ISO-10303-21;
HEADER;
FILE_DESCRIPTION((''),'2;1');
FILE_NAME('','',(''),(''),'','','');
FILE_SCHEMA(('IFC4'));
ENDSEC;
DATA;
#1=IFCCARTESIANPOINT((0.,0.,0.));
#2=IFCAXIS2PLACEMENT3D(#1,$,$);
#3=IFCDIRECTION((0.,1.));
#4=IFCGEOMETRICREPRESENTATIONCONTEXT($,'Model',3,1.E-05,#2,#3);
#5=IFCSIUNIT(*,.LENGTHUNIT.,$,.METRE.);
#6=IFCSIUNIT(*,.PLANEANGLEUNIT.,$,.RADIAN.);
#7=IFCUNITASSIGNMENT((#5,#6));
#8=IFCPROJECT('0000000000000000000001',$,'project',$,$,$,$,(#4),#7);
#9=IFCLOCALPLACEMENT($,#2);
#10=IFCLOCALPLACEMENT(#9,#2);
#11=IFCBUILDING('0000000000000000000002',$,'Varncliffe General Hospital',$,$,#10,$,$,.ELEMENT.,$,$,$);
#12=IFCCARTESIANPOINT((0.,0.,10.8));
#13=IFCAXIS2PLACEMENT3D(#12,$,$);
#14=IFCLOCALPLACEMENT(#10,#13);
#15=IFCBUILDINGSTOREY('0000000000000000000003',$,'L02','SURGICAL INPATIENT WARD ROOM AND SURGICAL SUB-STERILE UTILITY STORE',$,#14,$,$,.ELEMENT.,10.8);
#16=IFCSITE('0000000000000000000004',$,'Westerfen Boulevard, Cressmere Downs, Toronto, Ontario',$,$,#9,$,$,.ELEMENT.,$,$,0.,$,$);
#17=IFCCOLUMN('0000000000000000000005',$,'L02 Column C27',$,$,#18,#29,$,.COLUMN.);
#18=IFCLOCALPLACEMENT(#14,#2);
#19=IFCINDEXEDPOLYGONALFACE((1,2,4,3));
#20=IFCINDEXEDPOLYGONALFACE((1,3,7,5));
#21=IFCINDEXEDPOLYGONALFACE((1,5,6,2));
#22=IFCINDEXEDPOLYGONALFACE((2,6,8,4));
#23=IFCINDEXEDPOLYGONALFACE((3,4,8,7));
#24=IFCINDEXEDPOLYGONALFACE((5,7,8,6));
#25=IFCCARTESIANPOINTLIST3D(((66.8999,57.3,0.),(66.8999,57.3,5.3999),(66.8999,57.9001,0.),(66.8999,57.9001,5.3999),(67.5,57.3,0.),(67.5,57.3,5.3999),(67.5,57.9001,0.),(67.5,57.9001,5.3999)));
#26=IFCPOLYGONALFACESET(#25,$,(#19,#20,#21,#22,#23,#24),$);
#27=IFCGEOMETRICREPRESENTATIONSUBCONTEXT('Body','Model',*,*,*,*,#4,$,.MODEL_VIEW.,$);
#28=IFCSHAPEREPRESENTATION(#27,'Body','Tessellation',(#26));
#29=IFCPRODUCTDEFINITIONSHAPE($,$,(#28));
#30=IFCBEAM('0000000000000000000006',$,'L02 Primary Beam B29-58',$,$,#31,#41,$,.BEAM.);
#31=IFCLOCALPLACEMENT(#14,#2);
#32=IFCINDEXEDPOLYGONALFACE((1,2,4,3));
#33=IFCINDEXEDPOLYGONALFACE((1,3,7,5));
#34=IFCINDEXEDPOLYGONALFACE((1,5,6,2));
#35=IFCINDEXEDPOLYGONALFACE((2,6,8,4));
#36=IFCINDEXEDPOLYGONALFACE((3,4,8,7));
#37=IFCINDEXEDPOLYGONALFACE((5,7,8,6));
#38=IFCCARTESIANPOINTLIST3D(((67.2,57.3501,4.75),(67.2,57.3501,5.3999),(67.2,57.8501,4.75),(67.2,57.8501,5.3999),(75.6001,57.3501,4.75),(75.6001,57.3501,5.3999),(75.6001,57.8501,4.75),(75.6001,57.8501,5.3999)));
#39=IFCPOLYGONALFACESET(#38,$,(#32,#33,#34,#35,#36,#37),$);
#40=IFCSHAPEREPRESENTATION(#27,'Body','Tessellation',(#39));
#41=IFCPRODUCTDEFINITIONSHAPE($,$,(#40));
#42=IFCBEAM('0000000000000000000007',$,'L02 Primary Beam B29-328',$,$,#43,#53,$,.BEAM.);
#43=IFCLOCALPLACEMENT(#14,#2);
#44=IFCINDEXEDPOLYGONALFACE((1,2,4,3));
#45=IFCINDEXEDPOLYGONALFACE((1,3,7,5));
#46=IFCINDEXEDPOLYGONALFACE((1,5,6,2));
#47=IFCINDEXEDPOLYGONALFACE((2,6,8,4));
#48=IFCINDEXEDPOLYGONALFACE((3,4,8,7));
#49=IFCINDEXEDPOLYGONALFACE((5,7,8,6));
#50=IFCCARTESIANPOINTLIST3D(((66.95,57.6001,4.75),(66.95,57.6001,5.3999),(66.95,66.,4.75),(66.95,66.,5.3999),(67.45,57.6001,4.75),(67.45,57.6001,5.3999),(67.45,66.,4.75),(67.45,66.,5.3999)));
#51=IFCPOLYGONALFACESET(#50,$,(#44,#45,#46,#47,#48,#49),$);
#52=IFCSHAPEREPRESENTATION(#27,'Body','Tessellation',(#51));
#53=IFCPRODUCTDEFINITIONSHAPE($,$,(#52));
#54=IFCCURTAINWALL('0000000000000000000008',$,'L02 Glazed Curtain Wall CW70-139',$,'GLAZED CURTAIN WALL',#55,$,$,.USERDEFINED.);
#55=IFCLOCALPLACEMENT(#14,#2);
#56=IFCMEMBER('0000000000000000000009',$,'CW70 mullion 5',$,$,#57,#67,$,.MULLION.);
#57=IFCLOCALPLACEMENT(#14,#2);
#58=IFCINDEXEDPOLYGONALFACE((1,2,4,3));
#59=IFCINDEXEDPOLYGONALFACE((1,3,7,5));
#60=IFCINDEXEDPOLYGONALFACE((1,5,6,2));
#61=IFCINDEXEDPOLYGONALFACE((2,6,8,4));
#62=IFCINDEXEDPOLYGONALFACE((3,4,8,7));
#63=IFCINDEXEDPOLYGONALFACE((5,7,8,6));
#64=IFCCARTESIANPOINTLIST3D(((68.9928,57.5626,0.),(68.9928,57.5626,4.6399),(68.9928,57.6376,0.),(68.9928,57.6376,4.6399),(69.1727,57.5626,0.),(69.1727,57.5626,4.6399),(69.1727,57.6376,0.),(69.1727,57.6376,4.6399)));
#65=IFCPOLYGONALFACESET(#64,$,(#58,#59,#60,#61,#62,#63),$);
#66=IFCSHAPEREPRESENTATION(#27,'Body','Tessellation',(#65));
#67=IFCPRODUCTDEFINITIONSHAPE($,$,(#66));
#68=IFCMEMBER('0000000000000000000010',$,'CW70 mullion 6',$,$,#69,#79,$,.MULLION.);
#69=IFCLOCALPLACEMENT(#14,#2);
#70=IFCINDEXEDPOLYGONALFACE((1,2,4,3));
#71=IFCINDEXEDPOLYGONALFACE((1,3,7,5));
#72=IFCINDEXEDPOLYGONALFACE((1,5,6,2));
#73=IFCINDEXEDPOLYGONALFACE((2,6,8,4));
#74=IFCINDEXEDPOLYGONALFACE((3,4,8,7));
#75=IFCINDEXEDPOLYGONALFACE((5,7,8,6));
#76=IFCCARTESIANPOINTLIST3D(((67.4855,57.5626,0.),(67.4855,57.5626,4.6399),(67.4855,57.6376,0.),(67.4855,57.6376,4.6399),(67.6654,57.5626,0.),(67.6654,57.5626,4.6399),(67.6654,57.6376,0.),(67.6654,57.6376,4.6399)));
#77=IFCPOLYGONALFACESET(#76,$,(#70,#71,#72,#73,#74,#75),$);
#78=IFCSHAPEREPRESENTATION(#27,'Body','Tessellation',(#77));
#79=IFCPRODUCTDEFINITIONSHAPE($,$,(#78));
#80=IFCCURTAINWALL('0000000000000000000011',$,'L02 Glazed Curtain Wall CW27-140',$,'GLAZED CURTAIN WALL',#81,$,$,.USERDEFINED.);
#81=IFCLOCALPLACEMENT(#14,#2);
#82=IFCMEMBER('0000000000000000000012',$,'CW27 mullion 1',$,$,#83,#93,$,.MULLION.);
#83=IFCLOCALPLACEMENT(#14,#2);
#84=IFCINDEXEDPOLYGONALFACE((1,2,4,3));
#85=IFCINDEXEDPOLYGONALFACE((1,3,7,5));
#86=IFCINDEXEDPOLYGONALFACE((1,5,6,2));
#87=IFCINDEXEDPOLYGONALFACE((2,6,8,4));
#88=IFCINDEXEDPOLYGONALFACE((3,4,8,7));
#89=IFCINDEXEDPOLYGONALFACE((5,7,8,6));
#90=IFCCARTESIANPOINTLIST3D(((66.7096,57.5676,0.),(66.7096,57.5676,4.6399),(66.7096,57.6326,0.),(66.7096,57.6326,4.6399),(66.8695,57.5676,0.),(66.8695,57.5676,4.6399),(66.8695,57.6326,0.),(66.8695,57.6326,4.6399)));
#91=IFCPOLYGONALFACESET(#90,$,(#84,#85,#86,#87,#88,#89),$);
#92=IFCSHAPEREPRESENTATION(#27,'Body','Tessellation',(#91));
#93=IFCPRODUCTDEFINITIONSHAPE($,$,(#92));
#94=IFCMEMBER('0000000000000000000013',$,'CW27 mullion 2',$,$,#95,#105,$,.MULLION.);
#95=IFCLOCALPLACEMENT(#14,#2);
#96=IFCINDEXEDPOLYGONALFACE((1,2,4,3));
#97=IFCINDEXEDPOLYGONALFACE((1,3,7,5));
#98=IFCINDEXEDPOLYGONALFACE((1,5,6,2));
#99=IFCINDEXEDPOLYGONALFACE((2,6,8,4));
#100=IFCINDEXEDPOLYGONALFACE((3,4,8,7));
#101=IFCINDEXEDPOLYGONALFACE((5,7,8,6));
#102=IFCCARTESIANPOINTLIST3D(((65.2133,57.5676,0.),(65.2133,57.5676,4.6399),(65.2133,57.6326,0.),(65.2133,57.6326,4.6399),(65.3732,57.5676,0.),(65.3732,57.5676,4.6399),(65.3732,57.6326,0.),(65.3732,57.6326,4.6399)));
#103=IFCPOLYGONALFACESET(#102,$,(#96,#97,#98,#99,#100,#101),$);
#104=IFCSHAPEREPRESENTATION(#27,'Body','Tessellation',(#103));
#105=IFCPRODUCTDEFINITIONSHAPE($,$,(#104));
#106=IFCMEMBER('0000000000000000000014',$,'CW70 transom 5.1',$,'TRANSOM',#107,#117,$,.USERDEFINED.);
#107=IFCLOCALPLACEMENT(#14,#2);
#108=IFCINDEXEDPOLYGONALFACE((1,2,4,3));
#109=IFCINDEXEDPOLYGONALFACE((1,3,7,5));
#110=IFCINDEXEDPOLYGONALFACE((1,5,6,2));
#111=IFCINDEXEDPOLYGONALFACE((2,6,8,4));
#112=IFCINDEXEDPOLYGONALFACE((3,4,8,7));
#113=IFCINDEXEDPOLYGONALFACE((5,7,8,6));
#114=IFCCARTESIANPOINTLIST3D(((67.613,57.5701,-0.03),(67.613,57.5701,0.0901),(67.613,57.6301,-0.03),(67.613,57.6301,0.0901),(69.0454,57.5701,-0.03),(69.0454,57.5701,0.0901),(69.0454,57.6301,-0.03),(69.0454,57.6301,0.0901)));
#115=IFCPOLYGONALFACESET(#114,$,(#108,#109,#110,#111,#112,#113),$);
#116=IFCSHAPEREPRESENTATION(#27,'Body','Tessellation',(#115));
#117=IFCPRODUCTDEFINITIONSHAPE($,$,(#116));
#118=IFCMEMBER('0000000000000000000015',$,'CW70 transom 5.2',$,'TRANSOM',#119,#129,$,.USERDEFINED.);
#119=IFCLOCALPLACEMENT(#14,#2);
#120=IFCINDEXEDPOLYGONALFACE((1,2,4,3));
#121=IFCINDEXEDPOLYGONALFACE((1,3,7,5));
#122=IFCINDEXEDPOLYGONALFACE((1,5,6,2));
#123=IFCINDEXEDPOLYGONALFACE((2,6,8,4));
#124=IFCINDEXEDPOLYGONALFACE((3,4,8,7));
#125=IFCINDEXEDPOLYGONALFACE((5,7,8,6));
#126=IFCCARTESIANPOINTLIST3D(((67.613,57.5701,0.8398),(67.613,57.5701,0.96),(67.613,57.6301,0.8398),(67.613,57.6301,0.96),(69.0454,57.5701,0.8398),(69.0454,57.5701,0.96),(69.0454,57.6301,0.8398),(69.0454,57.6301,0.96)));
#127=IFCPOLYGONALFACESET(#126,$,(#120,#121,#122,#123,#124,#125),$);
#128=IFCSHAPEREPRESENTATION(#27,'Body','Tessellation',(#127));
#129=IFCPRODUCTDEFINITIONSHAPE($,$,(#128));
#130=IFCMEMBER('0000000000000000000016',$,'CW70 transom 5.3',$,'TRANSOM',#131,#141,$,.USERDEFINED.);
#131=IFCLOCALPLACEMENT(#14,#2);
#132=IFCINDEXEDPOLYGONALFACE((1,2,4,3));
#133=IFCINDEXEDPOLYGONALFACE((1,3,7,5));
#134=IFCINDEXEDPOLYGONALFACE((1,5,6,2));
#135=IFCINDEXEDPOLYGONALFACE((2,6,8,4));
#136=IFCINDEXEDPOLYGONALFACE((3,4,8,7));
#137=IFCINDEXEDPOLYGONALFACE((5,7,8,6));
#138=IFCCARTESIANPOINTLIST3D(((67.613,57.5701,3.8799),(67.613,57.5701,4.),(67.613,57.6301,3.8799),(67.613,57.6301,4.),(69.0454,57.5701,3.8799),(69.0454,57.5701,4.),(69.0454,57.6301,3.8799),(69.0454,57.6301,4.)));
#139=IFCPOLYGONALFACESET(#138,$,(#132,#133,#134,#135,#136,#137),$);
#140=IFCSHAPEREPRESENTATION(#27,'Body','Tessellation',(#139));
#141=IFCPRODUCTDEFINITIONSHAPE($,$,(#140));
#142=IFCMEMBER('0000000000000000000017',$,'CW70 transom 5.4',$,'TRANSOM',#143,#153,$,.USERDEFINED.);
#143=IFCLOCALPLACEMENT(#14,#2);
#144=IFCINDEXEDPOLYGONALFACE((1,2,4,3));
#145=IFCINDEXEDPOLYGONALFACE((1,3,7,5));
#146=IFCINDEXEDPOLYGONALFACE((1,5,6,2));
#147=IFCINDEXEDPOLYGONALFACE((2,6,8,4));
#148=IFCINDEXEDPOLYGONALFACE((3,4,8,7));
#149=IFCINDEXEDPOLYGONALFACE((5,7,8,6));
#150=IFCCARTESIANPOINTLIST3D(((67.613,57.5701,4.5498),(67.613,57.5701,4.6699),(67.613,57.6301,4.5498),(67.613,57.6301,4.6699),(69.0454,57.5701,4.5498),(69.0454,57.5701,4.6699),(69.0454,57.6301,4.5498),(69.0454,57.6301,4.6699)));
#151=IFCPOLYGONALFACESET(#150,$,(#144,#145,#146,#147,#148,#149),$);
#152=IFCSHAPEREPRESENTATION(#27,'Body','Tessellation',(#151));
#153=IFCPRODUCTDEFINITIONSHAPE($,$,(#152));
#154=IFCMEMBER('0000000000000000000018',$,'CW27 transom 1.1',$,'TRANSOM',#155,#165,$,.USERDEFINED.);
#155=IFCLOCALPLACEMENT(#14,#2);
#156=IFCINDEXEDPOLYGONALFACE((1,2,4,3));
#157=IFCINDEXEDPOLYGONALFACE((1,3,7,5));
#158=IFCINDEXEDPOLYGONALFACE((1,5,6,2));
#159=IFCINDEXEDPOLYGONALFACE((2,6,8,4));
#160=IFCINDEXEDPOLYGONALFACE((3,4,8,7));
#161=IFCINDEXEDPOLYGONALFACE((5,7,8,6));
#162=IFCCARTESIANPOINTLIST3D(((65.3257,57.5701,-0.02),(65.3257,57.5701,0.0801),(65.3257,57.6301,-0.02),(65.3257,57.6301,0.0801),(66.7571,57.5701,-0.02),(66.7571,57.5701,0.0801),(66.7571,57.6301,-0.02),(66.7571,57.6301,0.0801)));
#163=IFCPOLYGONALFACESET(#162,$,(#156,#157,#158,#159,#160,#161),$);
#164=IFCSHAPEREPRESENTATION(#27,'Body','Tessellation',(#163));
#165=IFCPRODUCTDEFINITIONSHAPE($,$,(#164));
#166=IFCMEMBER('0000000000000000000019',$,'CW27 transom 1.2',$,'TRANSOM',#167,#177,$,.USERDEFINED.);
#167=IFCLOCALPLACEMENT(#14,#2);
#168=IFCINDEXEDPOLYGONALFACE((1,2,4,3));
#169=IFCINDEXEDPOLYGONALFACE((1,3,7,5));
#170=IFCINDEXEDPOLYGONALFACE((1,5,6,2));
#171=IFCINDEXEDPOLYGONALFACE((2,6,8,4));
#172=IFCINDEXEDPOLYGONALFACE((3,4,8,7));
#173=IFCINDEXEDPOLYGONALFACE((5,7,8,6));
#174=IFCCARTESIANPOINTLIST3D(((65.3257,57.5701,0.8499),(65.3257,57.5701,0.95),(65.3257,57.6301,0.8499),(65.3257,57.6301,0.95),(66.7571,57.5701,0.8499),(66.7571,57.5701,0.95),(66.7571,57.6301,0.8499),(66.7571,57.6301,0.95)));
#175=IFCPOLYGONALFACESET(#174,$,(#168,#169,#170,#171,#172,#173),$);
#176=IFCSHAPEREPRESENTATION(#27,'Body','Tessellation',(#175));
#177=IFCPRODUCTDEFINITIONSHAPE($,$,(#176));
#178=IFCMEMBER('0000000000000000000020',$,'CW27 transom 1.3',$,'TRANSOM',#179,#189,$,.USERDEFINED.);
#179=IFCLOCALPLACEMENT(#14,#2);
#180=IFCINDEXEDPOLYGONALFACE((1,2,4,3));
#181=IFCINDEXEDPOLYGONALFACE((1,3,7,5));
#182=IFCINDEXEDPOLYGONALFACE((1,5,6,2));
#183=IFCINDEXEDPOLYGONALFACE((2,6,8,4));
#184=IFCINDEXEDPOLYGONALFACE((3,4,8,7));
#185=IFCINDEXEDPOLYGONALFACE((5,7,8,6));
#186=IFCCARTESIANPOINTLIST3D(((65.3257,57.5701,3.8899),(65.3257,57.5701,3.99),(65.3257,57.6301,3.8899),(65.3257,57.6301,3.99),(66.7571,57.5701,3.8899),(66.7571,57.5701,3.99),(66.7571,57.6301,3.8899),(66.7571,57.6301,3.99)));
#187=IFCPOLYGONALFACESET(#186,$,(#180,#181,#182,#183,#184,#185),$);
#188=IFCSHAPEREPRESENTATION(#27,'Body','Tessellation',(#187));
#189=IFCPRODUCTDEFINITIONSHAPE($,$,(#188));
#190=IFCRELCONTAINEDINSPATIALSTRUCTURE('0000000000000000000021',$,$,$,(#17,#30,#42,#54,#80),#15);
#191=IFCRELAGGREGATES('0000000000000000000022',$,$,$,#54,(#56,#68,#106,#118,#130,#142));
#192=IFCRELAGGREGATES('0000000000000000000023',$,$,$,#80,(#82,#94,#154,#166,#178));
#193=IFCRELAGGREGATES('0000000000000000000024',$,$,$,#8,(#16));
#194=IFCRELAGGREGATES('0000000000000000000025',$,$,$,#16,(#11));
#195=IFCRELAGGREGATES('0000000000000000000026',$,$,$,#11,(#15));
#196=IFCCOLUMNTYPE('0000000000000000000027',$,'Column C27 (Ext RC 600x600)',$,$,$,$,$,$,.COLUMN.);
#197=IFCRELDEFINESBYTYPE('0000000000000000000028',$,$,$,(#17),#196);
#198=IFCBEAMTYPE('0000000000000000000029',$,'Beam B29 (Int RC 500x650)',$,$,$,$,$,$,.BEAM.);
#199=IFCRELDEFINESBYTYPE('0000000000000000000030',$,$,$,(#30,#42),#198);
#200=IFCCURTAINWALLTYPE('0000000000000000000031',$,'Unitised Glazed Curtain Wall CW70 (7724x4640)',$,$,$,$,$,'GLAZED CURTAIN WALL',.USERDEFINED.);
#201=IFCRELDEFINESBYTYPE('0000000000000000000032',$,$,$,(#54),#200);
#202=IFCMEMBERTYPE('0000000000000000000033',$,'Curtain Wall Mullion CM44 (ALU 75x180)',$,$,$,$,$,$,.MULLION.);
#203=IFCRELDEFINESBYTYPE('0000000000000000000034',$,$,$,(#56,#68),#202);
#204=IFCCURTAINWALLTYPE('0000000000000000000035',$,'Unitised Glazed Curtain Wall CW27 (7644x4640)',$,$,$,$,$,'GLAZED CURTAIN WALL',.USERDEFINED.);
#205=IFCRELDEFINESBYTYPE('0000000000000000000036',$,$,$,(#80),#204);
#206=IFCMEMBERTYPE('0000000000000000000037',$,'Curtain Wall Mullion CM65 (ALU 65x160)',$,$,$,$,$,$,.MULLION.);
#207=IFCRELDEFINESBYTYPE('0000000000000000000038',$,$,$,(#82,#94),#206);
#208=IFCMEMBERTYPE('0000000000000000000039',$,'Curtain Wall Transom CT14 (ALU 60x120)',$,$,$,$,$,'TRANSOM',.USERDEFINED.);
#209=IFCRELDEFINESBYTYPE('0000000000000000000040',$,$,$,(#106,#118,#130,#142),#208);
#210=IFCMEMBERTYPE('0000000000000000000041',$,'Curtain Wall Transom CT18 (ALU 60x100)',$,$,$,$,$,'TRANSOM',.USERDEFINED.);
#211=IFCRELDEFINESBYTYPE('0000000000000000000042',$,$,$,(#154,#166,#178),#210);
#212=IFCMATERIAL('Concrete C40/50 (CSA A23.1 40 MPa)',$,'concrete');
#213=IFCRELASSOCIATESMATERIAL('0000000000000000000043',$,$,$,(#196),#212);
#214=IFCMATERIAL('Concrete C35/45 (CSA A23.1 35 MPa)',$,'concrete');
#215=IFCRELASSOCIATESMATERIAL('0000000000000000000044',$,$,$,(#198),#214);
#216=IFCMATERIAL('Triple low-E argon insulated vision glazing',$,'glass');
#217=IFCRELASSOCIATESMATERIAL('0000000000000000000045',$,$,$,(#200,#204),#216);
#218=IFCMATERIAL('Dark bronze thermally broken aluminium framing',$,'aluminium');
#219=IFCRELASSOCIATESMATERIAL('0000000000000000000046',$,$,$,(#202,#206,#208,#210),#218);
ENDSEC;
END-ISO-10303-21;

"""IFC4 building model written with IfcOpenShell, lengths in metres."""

from ifc_helpers import new_model, si_unit, direction, frame, origin, origin_2d, place, context, subcontext, project, spatial, rectangle, extrude, material, material_profile, profile_set, type_object, element, aggregate, save


model = new_model("IFC4")

# Units and contexts
model_context = context("Model", 3, precision=1e-05, world=origin(), true_north=direction((0.0, 1.0)))
body_context = subcontext(model_context, "Body", "Model", "MODEL_VIEW")
ifc_project = project(units=[si_unit("LENGTHUNIT", "METRE"), si_unit("PLANEANGLEUNIT", "RADIAN")], contexts=[model_context])

# Site, building, storey
site_placement = place(None, origin())
site = spatial("IfcSite", under=ifc_project, at=site_placement, Name="Westerfen Boulevard, Cressmere Downs, Toronto, Ontario", CompositionType="ELEMENT", RefElevation=0.0)
building_placement = place(site_placement, origin())
building = spatial("IfcBuilding", under=site, at=building_placement, Name="Varncliffe General Hospital", CompositionType="ELEMENT")
storey_placement = place(building_placement, frame((0.0, 0.0, 10.8)))
storey = spatial("IfcBuildingStorey", under=building, at=storey_placement, Name="L02", Description="SURGICAL INPATIENT WARD ROOM AND SURGICAL SUB-STERILE UTILITY STORE", CompositionType="ELEMENT", Elevation=10.8)

# Column
ifc_material_1 = material(Name="Concrete C40/50 (CSA A23.1 40 MPa)", Category="concrete")
ifc_material_profile_1 = material_profile(ifc_material_1, rectangle(XDim=0.6001, YDim=0.6001, at=origin_2d()), Name="RC 600x600")
ifc_profile_set_1 = profile_set([ifc_material_profile_1], Name="Concrete C40/50 (CSA A23.1 40 MPa)")
column_type = type_object("IfcColumnType", Name="Column C27 (Ext RC 600x600)", PredefinedType="COLUMN", material=ifc_profile_set_1)
column_placement = place(storey_placement, frame((67.2, 57.6001, 0.0), z_axis=(0.0, 0.0, 1.0), x_axis=(1.0, 0.0, 0.0)))
element("IfcColumn", 1, at=column_placement, inside=storey, type_object=column_type, Name="L02 Column C27", PredefinedType="COLUMN", context=body_context, shape_type="SweptSolid", body=[
    extrude(rectangle(XDim=0.6001, YDim=0.6001, at=origin_2d()), origin(), (0.0, 0.0, 1.0), 5.3999),
])

# Beams
ifc_material_2 = material(Name="Concrete C35/45 (CSA A23.1 35 MPa)", Category="concrete")
ifc_material_profile_2 = material_profile(ifc_material_2, rectangle(XDim=0.5, YDim=0.6499, at=origin_2d()), Name="RC 500x650")
ifc_profile_set_2 = profile_set([ifc_material_profile_2], Name="Concrete C35/45 (CSA A23.1 35 MPa)")
beam_type = type_object("IfcBeamType", Name="Beam B29 (Int RC 500x650)", PredefinedType="BEAM", material=ifc_profile_set_2)
beam_1_placement = place(storey_placement, frame((67.2, 57.6001, 5.075), z_axis=(1.0, 0.0, 0.0), x_axis=(0.0, 1.0, 0.0)))
element("IfcBeam", 2, at=beam_1_placement, inside=storey, type_object=beam_type, Name="L02 Primary Beam B29-58", PredefinedType="BEAM", context=body_context, shape_type="SweptSolid", body=[
    extrude(rectangle(XDim=0.5, YDim=0.6499, at=origin_2d()), origin(), (0.0, 0.0, 1.0), 8.4001),
])
beam_2_placement = place(storey_placement, frame((67.2, 57.6001, 5.075), z_axis=(0.0, 1.0, 0.0), x_axis=(-1.0, 0.0, 0.0)))
element("IfcBeam", 3, at=beam_2_placement, inside=storey, type_object=beam_type, Name="L02 Primary Beam B29-328", PredefinedType="BEAM", context=body_context, shape_type="SweptSolid", body=[
    extrude(rectangle(XDim=0.5, YDim=0.6499, at=origin_2d()), origin(), (0.0, 0.0, 1.0), 8.3999),
])

# Curtain walls, members
ifc_material_3 = material(Name="Triple low-E argon insulated vision glazing", Category="glass")
curtain_wall_type_1 = type_object("IfcCurtainWallType", Name="Unitised Glazed Curtain Wall CW70 (7724x4640)", ElementType="GLAZED CURTAIN WALL", PredefinedType="USERDEFINED", material=ifc_material_3)
curtain_wall_1_placement = place(storey_placement, origin())
curtain_wall_1 = element("IfcCurtainWall", 4, at=curtain_wall_1_placement, inside=storey, type_object=curtain_wall_type_1, Name="L02 Glazed Curtain Wall CW70-139", ObjectType="GLAZED CURTAIN WALL", PredefinedType="USERDEFINED")
ifc_material_4 = material(Name="Dark bronze thermally broken aluminium framing", Category="aluminium")
ifc_material_profile_3 = material_profile(ifc_material_4, rectangle(XDim=0.075, YDim=0.1799, at=origin_2d()), Name="ALU 75x180")
ifc_profile_set_3 = profile_set([ifc_material_profile_3], Name="Dark bronze thermally broken aluminium framing")
member_type_1 = type_object("IfcMemberType", Name="Curtain Wall Mullion CM44 (ALU 75x180)", PredefinedType="MULLION", material=ifc_profile_set_3)
member_1_placement = place(storey_placement, frame((69.0828, 57.6001, 0.0), z_axis=(0.0, 0.0, 1.0), x_axis=(0.0, -1.0, 0.0)))
member_1 = element("IfcMember", 5, at=member_1_placement, type_object=member_type_1, Name="CW70 mullion 5", PredefinedType="MULLION", context=body_context, shape_type="SweptSolid", body=[
    extrude(rectangle(XDim=0.075, YDim=0.1799, at=origin_2d()), origin(), (0.0, 0.0, 1.0), 4.6399),
])
member_2_placement = place(storey_placement, frame((67.5754, 57.6001, 0.0), z_axis=(0.0, 0.0, 1.0), x_axis=(0.0, -1.0, 0.0)))
member_2 = element("IfcMember", 6, at=member_2_placement, type_object=member_type_1, Name="CW70 mullion 6", PredefinedType="MULLION", context=body_context, shape_type="SweptSolid", body=[
    extrude(rectangle(XDim=0.075, YDim=0.1799, at=origin_2d()), origin(), (0.0, 0.0, 1.0), 4.6399),
])
curtain_wall_type_2 = type_object("IfcCurtainWallType", Name="Unitised Glazed Curtain Wall CW27 (7644x4640)", ElementType="GLAZED CURTAIN WALL", PredefinedType="USERDEFINED", material=ifc_material_3)
curtain_wall_2_placement = place(storey_placement, origin())
curtain_wall_2 = element("IfcCurtainWall", 7, at=curtain_wall_2_placement, inside=storey, type_object=curtain_wall_type_2, Name="L02 Glazed Curtain Wall CW27-140", ObjectType="GLAZED CURTAIN WALL", PredefinedType="USERDEFINED")
ifc_material_profile_4 = material_profile(ifc_material_4, rectangle(XDim=0.0649, YDim=0.1599, at=origin_2d()), Name="ALU 65x160")
ifc_profile_set_4 = profile_set([ifc_material_profile_4], Name="Dark bronze thermally broken aluminium framing")
member_type_2 = type_object("IfcMemberType", Name="Curtain Wall Mullion CM65 (ALU 65x160)", PredefinedType="MULLION", material=ifc_profile_set_4)
member_3_placement = place(storey_placement, frame((66.7896, 57.6001, 0.0), z_axis=(0.0, 0.0, 1.0), x_axis=(0.0, -1.0, 0.0)))
member_3 = element("IfcMember", 8, at=member_3_placement, type_object=member_type_2, Name="CW27 mullion 1", PredefinedType="MULLION", context=body_context, shape_type="SweptSolid", body=[
    extrude(rectangle(XDim=0.0649, YDim=0.1599, at=origin_2d()), origin(), (0.0, 0.0, 1.0), 4.6399),
])
member_4_placement = place(storey_placement, frame((65.2932, 57.6001, 0.0), z_axis=(0.0, 0.0, 1.0), x_axis=(0.0, -1.0, 0.0)))
member_4 = element("IfcMember", 9, at=member_4_placement, type_object=member_type_2, Name="CW27 mullion 2", PredefinedType="MULLION", context=body_context, shape_type="SweptSolid", body=[
    extrude(rectangle(XDim=0.0649, YDim=0.1599, at=origin_2d()), origin(), (0.0, 0.0, 1.0), 4.6399),
])

# Members
ifc_material_profile_5 = material_profile(ifc_material_4, rectangle(XDim=0.0601, YDim=0.1201, at=origin_2d()), Name="ALU 60x120")
ifc_profile_set_5 = profile_set([ifc_material_profile_5], Name="Dark bronze thermally broken aluminium framing")
member_type_3 = type_object("IfcMemberType", Name="Curtain Wall Transom CT14 (ALU 60x120)", ElementType="TRANSOM", PredefinedType="USERDEFINED", material=ifc_profile_set_5)
member_5_placement = place(storey_placement, frame((69.0454, 57.6001, 0.03), z_axis=(-1.0, 0.0, 0.0), x_axis=(0.0, -1.0, 0.0)))
member_5 = element("IfcMember", 10, at=member_5_placement, type_object=member_type_3, Name="CW70 transom 5.1", ObjectType="TRANSOM", PredefinedType="USERDEFINED", context=body_context, shape_type="SweptSolid", body=[
    extrude(rectangle(XDim=0.0601, YDim=0.1201, at=origin_2d()), origin(), (0.0, 0.0, 1.0), 1.4324),
])
member_6_placement = place(storey_placement, frame((69.0454, 57.6001, 0.8999), z_axis=(-1.0, 0.0, 0.0), x_axis=(0.0, -1.0, 0.0)))
member_6 = element("IfcMember", 11, at=member_6_placement, type_object=member_type_3, Name="CW70 transom 5.2", ObjectType="TRANSOM", PredefinedType="USERDEFINED", context=body_context, shape_type="SweptSolid", body=[
    extrude(rectangle(XDim=0.0601, YDim=0.1201, at=origin_2d()), origin(), (0.0, 0.0, 1.0), 1.4324),
])
member_7_placement = place(storey_placement, frame((69.0454, 57.6001, 3.9399), z_axis=(-1.0, 0.0, 0.0), x_axis=(0.0, -1.0, 0.0)))
member_7 = element("IfcMember", 12, at=member_7_placement, type_object=member_type_3, Name="CW70 transom 5.3", ObjectType="TRANSOM", PredefinedType="USERDEFINED", context=body_context, shape_type="SweptSolid", body=[
    extrude(rectangle(XDim=0.0601, YDim=0.1201, at=origin_2d()), origin(), (0.0, 0.0, 1.0), 1.4324),
])
member_8_placement = place(storey_placement, frame((69.0454, 57.6001, 4.6099), z_axis=(-1.0, 0.0, 0.0), x_axis=(0.0, -1.0, 0.0)))
member_8 = element("IfcMember", 13, at=member_8_placement, type_object=member_type_3, Name="CW70 transom 5.4", ObjectType="TRANSOM", PredefinedType="USERDEFINED", context=body_context, shape_type="SweptSolid", body=[
    extrude(rectangle(XDim=0.0601, YDim=0.1201, at=origin_2d()), origin(), (0.0, 0.0, 1.0), 1.4324),
])
ifc_material_profile_6 = material_profile(ifc_material_4, rectangle(XDim=0.0601, YDim=0.1001, at=origin_2d()), Name="ALU 60x100")
ifc_profile_set_6 = profile_set([ifc_material_profile_6], Name="Dark bronze thermally broken aluminium framing")
member_type_4 = type_object("IfcMemberType", Name="Curtain Wall Transom CT18 (ALU 60x100)", ElementType="TRANSOM", PredefinedType="USERDEFINED", material=ifc_profile_set_6)
member_9_placement = place(storey_placement, frame((66.7571, 57.6001, 0.03), z_axis=(-1.0, 0.0, 0.0), x_axis=(0.0, -1.0, 0.0)))
member_9 = element("IfcMember", 14, at=member_9_placement, type_object=member_type_4, Name="CW27 transom 1.1", ObjectType="TRANSOM", PredefinedType="USERDEFINED", context=body_context, shape_type="SweptSolid", body=[
    extrude(rectangle(XDim=0.0601, YDim=0.1001, at=origin_2d()), origin(), (0.0, 0.0, 1.0), 1.4314),
])
member_10_placement = place(storey_placement, frame((66.7571, 57.6001, 0.8999), z_axis=(-1.0, 0.0, 0.0), x_axis=(0.0, -1.0, 0.0)))
member_10 = element("IfcMember", 15, at=member_10_placement, type_object=member_type_4, Name="CW27 transom 1.2", ObjectType="TRANSOM", PredefinedType="USERDEFINED", context=body_context, shape_type="SweptSolid", body=[
    extrude(rectangle(XDim=0.0601, YDim=0.1001, at=origin_2d()), origin(), (0.0, 0.0, 1.0), 1.4314),
])
member_11_placement = place(storey_placement, frame((66.7571, 57.6001, 3.9399), z_axis=(-1.0, 0.0, 0.0), x_axis=(0.0, -1.0, 0.0)))
member_11 = element("IfcMember", 16, at=member_11_placement, type_object=member_type_4, Name="CW27 transom 1.3", ObjectType="TRANSOM", PredefinedType="USERDEFINED", context=body_context, shape_type="SweptSolid", body=[
    extrude(rectangle(XDim=0.0601, YDim=0.1001, at=origin_2d()), origin(), (0.0, 0.0, 1.0), 1.4314),
])

aggregate(curtain_wall_1, [member_1, member_2, member_5, member_6, member_7, member_8])
aggregate(curtain_wall_2, [member_3, member_4, member_9, member_10, member_11])

save(model, "model.ifc")
